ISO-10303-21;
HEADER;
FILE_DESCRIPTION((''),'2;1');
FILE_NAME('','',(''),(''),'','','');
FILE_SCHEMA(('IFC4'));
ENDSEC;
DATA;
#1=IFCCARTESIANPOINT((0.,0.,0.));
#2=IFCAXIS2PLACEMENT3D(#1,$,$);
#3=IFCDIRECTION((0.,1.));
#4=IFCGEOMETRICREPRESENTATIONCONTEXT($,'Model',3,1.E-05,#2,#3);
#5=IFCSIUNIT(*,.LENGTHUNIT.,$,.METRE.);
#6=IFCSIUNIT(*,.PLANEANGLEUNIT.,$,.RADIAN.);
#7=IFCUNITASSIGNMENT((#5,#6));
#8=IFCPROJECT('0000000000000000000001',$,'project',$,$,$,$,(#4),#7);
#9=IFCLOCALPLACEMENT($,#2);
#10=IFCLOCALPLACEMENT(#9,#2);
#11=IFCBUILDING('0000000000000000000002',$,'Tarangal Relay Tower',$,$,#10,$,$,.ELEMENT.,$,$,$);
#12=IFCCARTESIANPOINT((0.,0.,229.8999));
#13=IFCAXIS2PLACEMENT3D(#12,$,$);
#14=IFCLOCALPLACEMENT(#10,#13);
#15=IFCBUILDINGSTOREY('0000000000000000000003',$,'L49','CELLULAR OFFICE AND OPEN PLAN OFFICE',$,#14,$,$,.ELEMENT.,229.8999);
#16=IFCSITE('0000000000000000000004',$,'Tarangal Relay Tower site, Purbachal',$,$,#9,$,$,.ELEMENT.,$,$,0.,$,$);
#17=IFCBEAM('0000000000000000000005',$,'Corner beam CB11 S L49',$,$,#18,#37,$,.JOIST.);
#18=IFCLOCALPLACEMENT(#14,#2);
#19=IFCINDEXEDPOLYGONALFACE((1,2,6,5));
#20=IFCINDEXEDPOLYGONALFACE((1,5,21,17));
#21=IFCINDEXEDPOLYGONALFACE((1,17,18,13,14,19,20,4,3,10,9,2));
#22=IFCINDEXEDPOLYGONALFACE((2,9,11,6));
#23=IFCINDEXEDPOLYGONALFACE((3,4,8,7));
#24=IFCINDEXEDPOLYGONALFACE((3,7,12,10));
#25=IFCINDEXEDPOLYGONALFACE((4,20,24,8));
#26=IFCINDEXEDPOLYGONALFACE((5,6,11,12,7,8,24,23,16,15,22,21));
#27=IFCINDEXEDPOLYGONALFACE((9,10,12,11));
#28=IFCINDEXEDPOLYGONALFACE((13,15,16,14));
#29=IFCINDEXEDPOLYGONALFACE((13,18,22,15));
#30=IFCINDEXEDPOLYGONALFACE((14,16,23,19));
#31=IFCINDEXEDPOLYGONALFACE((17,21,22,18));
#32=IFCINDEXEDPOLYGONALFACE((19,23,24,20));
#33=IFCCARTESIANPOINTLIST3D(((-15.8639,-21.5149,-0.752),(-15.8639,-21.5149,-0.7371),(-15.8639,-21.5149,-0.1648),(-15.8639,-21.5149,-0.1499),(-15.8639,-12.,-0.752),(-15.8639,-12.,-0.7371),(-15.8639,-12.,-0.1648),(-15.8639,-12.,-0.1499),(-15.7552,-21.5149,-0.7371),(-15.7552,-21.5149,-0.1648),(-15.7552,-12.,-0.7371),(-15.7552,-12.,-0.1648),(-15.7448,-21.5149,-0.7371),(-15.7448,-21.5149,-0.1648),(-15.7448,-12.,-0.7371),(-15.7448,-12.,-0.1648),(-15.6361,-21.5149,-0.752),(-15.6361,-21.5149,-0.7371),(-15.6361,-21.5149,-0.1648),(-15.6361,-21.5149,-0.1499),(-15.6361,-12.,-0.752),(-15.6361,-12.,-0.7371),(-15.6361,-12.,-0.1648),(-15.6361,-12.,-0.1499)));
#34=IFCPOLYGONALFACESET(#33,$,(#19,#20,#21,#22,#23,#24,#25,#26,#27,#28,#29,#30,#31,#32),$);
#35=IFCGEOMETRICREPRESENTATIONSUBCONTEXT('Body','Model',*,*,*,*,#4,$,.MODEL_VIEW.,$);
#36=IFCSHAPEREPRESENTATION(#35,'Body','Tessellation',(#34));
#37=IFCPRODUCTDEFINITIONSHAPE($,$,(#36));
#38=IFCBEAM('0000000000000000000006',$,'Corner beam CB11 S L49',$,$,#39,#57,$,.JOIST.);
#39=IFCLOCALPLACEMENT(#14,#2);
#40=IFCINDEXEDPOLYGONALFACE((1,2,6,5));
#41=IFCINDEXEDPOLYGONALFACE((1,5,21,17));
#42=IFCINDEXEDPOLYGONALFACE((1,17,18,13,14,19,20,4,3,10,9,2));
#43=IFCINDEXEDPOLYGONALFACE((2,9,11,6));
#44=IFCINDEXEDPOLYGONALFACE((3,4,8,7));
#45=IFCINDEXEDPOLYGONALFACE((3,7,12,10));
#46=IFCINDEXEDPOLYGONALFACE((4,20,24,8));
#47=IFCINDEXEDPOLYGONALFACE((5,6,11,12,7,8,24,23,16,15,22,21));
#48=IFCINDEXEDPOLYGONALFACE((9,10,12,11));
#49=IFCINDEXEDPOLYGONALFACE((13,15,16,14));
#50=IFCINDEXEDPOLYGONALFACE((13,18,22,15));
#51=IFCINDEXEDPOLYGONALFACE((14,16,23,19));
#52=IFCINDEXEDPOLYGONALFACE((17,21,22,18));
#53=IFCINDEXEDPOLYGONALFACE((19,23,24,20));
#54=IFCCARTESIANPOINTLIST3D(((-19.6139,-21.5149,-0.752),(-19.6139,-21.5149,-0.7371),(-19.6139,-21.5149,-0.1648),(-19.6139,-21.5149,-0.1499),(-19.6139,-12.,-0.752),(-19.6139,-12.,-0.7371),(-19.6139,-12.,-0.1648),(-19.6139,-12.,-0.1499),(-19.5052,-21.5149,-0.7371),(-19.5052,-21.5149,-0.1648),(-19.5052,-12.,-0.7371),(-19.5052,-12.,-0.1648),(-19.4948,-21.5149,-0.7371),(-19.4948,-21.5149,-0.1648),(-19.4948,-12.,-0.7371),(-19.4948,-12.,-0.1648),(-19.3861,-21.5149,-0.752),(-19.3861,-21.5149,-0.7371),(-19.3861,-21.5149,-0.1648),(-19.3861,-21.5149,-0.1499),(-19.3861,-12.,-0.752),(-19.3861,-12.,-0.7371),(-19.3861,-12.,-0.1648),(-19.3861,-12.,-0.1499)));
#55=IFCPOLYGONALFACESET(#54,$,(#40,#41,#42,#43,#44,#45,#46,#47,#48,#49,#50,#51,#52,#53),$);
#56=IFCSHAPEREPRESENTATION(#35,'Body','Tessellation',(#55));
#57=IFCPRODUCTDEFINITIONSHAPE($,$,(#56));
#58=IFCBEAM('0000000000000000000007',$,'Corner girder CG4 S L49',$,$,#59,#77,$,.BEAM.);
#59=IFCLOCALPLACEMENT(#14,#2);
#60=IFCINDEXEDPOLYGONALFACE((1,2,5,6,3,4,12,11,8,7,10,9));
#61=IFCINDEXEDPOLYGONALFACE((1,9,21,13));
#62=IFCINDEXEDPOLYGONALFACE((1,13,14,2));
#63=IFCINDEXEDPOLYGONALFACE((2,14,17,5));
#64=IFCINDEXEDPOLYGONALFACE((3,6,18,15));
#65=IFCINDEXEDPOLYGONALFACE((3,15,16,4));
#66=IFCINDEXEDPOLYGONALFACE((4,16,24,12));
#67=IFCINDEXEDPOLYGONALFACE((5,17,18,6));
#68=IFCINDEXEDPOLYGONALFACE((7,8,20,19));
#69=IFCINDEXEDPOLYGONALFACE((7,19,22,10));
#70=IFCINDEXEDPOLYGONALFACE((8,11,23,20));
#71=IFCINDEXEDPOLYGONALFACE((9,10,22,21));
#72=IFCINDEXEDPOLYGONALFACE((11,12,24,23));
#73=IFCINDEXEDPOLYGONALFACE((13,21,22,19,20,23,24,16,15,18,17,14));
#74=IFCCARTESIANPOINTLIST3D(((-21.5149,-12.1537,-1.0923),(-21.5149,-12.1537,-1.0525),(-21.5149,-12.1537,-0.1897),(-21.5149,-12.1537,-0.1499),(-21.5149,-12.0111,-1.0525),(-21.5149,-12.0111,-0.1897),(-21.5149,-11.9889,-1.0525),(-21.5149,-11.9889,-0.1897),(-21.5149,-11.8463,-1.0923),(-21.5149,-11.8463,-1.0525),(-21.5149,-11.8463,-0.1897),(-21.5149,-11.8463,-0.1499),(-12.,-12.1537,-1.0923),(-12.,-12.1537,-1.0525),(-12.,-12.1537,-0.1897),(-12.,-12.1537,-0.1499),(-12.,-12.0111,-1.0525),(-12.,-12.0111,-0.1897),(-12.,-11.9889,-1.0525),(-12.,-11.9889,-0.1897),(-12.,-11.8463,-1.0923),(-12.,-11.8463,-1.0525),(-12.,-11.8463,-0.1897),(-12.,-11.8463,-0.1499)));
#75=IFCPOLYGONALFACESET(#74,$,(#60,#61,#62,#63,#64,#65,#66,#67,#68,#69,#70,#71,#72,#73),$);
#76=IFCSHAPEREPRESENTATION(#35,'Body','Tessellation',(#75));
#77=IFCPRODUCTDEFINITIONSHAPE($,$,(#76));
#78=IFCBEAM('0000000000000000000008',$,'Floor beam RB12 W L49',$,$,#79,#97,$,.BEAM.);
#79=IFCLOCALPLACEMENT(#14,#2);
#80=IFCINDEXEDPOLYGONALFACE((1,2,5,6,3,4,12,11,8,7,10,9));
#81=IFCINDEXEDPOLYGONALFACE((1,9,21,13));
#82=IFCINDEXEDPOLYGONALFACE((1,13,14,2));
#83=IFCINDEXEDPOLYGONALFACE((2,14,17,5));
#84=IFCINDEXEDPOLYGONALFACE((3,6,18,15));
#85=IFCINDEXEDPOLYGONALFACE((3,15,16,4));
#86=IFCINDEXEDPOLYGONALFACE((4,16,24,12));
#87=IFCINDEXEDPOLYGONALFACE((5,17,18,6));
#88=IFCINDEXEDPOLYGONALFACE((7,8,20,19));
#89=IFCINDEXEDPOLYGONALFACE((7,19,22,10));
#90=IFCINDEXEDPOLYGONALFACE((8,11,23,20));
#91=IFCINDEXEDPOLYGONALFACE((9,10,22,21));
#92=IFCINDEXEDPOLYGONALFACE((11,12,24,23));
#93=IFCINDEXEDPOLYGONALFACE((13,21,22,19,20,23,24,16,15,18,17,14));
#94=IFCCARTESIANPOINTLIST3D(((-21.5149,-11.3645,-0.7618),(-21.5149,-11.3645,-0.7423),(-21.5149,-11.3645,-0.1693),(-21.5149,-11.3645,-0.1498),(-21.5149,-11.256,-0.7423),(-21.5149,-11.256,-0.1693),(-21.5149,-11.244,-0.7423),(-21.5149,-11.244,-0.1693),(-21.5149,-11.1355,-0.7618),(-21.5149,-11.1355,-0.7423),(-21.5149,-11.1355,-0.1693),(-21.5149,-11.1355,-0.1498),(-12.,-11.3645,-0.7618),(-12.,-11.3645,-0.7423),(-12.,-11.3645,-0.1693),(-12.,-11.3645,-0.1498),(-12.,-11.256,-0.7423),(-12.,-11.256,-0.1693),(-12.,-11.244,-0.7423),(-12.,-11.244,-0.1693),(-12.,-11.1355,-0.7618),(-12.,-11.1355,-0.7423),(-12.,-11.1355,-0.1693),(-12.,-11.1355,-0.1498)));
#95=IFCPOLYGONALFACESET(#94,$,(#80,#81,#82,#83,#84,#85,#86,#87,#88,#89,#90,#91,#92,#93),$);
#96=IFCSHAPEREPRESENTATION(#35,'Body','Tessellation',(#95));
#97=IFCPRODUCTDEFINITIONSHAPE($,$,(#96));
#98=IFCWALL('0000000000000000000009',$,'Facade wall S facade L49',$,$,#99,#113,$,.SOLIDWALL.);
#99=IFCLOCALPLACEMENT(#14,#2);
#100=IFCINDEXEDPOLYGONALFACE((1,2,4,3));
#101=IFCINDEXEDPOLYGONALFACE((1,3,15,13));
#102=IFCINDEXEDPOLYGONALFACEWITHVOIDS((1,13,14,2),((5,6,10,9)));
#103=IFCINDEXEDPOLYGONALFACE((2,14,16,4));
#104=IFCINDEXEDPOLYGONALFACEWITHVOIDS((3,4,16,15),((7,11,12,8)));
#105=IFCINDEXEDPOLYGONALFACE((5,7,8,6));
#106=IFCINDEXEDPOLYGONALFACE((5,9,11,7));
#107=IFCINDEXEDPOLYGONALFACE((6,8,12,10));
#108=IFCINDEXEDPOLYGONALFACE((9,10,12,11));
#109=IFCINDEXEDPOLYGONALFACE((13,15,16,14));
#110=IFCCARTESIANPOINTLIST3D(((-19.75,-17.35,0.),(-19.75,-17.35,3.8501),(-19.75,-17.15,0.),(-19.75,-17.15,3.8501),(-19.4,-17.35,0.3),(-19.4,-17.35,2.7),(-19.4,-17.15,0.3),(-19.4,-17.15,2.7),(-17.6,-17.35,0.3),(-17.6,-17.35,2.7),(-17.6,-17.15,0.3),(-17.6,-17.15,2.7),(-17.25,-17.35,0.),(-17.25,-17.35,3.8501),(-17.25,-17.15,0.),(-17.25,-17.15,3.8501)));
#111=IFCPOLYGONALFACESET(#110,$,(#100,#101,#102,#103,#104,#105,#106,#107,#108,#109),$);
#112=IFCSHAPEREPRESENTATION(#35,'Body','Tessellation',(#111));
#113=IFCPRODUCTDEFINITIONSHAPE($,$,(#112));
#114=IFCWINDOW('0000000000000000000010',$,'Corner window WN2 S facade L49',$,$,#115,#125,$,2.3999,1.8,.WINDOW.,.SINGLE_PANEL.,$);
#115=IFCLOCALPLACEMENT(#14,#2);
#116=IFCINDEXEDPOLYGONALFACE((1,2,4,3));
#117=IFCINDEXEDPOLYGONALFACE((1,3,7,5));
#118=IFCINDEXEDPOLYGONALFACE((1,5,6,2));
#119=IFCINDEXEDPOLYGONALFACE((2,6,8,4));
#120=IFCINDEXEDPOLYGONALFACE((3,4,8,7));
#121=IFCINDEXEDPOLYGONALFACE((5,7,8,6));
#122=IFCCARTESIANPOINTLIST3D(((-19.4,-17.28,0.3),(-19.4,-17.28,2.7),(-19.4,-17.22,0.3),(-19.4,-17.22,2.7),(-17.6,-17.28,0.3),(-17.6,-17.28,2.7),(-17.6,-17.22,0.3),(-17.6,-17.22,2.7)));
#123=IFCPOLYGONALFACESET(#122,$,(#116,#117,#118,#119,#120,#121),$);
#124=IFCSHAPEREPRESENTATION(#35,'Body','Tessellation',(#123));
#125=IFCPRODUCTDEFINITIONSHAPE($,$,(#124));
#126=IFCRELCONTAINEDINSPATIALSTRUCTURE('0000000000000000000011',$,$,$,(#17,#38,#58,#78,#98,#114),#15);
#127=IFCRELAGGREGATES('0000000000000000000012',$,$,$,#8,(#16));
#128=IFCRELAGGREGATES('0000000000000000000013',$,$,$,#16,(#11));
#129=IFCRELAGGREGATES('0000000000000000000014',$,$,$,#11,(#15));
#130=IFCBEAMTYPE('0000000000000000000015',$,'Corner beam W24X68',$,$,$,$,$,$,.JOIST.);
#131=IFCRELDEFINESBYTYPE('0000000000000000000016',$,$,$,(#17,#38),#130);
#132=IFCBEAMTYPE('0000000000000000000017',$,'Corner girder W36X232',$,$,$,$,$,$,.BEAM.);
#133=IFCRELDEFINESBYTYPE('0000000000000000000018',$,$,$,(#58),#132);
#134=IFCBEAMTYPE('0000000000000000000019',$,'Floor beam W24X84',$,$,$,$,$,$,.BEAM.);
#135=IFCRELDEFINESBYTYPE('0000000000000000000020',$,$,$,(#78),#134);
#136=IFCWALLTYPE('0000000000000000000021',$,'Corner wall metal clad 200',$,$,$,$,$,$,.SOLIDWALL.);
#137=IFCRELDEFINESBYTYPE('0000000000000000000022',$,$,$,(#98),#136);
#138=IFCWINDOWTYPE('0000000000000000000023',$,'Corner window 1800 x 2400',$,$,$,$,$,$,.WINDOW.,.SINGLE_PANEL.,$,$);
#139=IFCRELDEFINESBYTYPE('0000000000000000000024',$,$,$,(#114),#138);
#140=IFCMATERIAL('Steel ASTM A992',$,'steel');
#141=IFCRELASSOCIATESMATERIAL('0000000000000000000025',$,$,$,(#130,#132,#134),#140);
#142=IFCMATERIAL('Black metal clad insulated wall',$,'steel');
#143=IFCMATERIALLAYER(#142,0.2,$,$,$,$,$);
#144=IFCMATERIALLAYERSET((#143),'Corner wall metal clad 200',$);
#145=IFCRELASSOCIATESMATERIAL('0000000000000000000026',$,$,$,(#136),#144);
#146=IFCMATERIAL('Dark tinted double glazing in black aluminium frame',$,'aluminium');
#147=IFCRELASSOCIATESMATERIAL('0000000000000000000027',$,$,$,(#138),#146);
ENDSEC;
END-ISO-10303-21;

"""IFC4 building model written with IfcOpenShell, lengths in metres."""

from ifc_helpers import new_model, si_unit, direction, frame, frame_2d, origin, origin_2d, place, context, subcontext, project, spatial, rectangle, i_section, extrude, material, layer, layer_set, material_profile, profile_set, type_object, element, fill, save


model = new_model("IFC4")

# Units and contexts
model_context = context("Model", 3, precision=1e-05, world=origin(), true_north=direction((0.0, 1.0)))
body_context = subcontext(model_context, "Body", "Model", "MODEL_VIEW")
ifc_project = project(units=[si_unit("LENGTHUNIT", "METRE"), si_unit("PLANEANGLEUNIT", "RADIAN")], contexts=[model_context])

# Site, building, storey
site_placement = place(None, origin())
site = spatial("IfcSite", under=ifc_project, at=site_placement, Name="Tarangal Relay Tower site, Purbachal", CompositionType="ELEMENT", RefElevation=0.0)
building_placement = place(site_placement, origin())
building = spatial("IfcBuilding", under=site, at=building_placement, Name="Tarangal Relay Tower", CompositionType="ELEMENT")
storey_placement = place(building_placement, frame((0.0, 0.0, 229.8999)))
storey = spatial("IfcBuildingStorey", under=building, at=storey_placement, Name="L49", Description="CELLULAR OFFICE AND OPEN PLAN OFFICE", CompositionType="ELEMENT", Elevation=229.8999)

# Beams
ifc_material_1 = material(Name="Steel ASTM A992", Category="steel")
ifc_material_profile_1 = material_profile(ifc_material_1, i_section(OverallWidth=0.2278, OverallDepth=0.6021, WebThickness=0.0105, FlangeThickness=0.0149, at=origin_2d()), Name="W24X68")
ifc_profile_set_1 = profile_set([ifc_material_profile_1], Name="Steel ASTM A992")
beam_type_1 = type_object("IfcBeamType", Name="Corner beam W24X68", PredefinedType="JOIST", material=ifc_profile_set_1)
for number, where, z_axis, x_axis, name in (
    (1, (-15.75, -12.0, -0.4509), (0.0, -1.0, 0.0), (1.0, 0.0, 0.0), "Corner beam CB11 S L49"),
    (2, (-19.5, -12.0, -0.4509), (0.0, -1.0, 0.0), (1.0, 0.0, 0.0), "Corner beam CB11 S L49"),
):
    element("IfcBeam", number, at=place(storey_placement, frame(where, z_axis=z_axis, x_axis=x_axis)), inside=storey, type_object=beam_type_1, Name=name, PredefinedType="JOIST", context=body_context, shape_type="SweptSolid", body=[
        extrude(i_section(OverallWidth=0.2278, OverallDepth=0.6021, WebThickness=0.0105, FlangeThickness=0.0149, at=origin_2d()), origin(), (0.0, 0.0, 1.0), 9.5149),
    ])
ifc_material_profile_2 = material_profile(ifc_material_1, i_section(OverallWidth=0.3074, OverallDepth=0.9424, WebThickness=0.0222, FlangeThickness=0.0398, at=origin_2d()), Name="W36X232")
ifc_profile_set_2 = profile_set([ifc_material_profile_2], Name="Steel ASTM A992")
beam_type_2 = type_object("IfcBeamType", Name="Corner girder W36X232", PredefinedType="BEAM", material=ifc_profile_set_2)
beam_1_placement = place(storey_placement, frame((-12.0, -12.0, -0.6211), z_axis=(-1.0, 0.0, 0.0), x_axis=(0.0, -1.0, 0.0)))
element("IfcBeam", 3, at=beam_1_placement, inside=storey, type_object=beam_type_2, Name="Corner girder CG4 S L49", PredefinedType="BEAM", context=body_context, shape_type="SweptSolid", body=[
    extrude(i_section(OverallWidth=0.3074, OverallDepth=0.9424, WebThickness=0.0222, FlangeThickness=0.0398, at=origin_2d()), origin(), (0.0, 0.0, 1.0), 9.5149),
])
ifc_material_profile_3 = material_profile(ifc_material_1, i_section(OverallWidth=0.229, OverallDepth=0.6121, WebThickness=0.012, FlangeThickness=0.0195, at=origin_2d()), Name="W24X84")
ifc_profile_set_3 = profile_set([ifc_material_profile_3], Name="Steel ASTM A992")
beam_type_3 = type_object("IfcBeamType", Name="Floor beam W24X84", PredefinedType="BEAM", material=ifc_profile_set_3)
beam_2_placement = place(storey_placement, frame((-12.0, -11.25, -0.4558), z_axis=(-1.0, 0.0, 0.0), x_axis=(0.0, -1.0, 0.0)))
element("IfcBeam", 4, at=beam_2_placement, inside=storey, type_object=beam_type_3, Name="Floor beam RB12 W L49", PredefinedType="BEAM", context=body_context, shape_type="SweptSolid", body=[
    extrude(i_section(OverallWidth=0.229, OverallDepth=0.6121, WebThickness=0.012, FlangeThickness=0.0195, at=origin_2d()), origin(), (0.0, 0.0, 1.0), 9.5149),
])

# Wall, opening, window
ifc_material_2 = material(Name="Black metal clad insulated wall", Category="steel")
ifc_layer_1 = layer(ifc_material_2, 0.2)
ifc_layer_set_1 = layer_set([ifc_layer_1], Name="Corner wall metal clad 200")
wall_type_1 = type_object("IfcWallType", Name="Corner wall metal clad 200", PredefinedType="SOLIDWALL", material=ifc_layer_set_1)
wall_1_placement = place(storey_placement, frame((-17.25, -17.25, 0.0), z_axis=(0.0, 0.0, 1.0), x_axis=(-1.0, 0.0, 0.0)))
wall_1 = element("IfcWall", 5, at=wall_1_placement, inside=storey, type_object=wall_type_1, Name="Facade wall S facade L49", PredefinedType="SOLIDWALL", context=body_context, shape_type="SweptSolid", body=[
    extrude(rectangle(XDim=2.5, YDim=0.2, at=frame_2d((1.25, 0.0))), origin(), (0.0, 0.0, 1.0), 3.8501),
])
opening_1_placement = place(wall_1_placement, frame((0.3501, 0.0, 0.3)))
opening_1 = element("IfcOpeningElement", 6, at=opening_1_placement, cuts=wall_1, PredefinedType="OPENING", context=body_context, shape_type="SweptSolid", body=[
    extrude(rectangle(XDim=1.8, YDim=2.3999, at=frame_2d((0.8999, 1.2))), frame((0.0, 0.1099, 0.0), z_axis=(0.0, -1.0, 0.0), x_axis=(1.0, 0.0, 0.0)), (0.0, 0.0, 1.0), 0.22),
])
ifc_material_3 = material(Name="Dark tinted double glazing in black aluminium frame", Category="aluminium")
window_type = type_object("IfcWindowType", Name="Corner window 1800 x 2400", PartitioningType="SINGLE_PANEL", PredefinedType="WINDOW", material=ifc_material_3)
window_placement = place(opening_1_placement, origin())
window = element("IfcWindow", 7, at=window_placement, inside=storey, type_object=window_type, Name="Corner window WN2 S facade L49", OverallHeight=2.3999, OverallWidth=1.8, PartitioningType="SINGLE_PANEL", PredefinedType="WINDOW", context=body_context, shape_type="SweptSolid", body=[
    extrude(rectangle(XDim=1.8, YDim=2.3999, at=frame_2d((0.8999, 1.2))), frame((0.0, 0.03, 0.0), z_axis=(0.0, -1.0, 0.0), x_axis=(1.0, 0.0, 0.0)), (0.0, 0.0, 1.0), 0.0601),
])
fill(opening_1, window)

save(model, "model.ifc")
